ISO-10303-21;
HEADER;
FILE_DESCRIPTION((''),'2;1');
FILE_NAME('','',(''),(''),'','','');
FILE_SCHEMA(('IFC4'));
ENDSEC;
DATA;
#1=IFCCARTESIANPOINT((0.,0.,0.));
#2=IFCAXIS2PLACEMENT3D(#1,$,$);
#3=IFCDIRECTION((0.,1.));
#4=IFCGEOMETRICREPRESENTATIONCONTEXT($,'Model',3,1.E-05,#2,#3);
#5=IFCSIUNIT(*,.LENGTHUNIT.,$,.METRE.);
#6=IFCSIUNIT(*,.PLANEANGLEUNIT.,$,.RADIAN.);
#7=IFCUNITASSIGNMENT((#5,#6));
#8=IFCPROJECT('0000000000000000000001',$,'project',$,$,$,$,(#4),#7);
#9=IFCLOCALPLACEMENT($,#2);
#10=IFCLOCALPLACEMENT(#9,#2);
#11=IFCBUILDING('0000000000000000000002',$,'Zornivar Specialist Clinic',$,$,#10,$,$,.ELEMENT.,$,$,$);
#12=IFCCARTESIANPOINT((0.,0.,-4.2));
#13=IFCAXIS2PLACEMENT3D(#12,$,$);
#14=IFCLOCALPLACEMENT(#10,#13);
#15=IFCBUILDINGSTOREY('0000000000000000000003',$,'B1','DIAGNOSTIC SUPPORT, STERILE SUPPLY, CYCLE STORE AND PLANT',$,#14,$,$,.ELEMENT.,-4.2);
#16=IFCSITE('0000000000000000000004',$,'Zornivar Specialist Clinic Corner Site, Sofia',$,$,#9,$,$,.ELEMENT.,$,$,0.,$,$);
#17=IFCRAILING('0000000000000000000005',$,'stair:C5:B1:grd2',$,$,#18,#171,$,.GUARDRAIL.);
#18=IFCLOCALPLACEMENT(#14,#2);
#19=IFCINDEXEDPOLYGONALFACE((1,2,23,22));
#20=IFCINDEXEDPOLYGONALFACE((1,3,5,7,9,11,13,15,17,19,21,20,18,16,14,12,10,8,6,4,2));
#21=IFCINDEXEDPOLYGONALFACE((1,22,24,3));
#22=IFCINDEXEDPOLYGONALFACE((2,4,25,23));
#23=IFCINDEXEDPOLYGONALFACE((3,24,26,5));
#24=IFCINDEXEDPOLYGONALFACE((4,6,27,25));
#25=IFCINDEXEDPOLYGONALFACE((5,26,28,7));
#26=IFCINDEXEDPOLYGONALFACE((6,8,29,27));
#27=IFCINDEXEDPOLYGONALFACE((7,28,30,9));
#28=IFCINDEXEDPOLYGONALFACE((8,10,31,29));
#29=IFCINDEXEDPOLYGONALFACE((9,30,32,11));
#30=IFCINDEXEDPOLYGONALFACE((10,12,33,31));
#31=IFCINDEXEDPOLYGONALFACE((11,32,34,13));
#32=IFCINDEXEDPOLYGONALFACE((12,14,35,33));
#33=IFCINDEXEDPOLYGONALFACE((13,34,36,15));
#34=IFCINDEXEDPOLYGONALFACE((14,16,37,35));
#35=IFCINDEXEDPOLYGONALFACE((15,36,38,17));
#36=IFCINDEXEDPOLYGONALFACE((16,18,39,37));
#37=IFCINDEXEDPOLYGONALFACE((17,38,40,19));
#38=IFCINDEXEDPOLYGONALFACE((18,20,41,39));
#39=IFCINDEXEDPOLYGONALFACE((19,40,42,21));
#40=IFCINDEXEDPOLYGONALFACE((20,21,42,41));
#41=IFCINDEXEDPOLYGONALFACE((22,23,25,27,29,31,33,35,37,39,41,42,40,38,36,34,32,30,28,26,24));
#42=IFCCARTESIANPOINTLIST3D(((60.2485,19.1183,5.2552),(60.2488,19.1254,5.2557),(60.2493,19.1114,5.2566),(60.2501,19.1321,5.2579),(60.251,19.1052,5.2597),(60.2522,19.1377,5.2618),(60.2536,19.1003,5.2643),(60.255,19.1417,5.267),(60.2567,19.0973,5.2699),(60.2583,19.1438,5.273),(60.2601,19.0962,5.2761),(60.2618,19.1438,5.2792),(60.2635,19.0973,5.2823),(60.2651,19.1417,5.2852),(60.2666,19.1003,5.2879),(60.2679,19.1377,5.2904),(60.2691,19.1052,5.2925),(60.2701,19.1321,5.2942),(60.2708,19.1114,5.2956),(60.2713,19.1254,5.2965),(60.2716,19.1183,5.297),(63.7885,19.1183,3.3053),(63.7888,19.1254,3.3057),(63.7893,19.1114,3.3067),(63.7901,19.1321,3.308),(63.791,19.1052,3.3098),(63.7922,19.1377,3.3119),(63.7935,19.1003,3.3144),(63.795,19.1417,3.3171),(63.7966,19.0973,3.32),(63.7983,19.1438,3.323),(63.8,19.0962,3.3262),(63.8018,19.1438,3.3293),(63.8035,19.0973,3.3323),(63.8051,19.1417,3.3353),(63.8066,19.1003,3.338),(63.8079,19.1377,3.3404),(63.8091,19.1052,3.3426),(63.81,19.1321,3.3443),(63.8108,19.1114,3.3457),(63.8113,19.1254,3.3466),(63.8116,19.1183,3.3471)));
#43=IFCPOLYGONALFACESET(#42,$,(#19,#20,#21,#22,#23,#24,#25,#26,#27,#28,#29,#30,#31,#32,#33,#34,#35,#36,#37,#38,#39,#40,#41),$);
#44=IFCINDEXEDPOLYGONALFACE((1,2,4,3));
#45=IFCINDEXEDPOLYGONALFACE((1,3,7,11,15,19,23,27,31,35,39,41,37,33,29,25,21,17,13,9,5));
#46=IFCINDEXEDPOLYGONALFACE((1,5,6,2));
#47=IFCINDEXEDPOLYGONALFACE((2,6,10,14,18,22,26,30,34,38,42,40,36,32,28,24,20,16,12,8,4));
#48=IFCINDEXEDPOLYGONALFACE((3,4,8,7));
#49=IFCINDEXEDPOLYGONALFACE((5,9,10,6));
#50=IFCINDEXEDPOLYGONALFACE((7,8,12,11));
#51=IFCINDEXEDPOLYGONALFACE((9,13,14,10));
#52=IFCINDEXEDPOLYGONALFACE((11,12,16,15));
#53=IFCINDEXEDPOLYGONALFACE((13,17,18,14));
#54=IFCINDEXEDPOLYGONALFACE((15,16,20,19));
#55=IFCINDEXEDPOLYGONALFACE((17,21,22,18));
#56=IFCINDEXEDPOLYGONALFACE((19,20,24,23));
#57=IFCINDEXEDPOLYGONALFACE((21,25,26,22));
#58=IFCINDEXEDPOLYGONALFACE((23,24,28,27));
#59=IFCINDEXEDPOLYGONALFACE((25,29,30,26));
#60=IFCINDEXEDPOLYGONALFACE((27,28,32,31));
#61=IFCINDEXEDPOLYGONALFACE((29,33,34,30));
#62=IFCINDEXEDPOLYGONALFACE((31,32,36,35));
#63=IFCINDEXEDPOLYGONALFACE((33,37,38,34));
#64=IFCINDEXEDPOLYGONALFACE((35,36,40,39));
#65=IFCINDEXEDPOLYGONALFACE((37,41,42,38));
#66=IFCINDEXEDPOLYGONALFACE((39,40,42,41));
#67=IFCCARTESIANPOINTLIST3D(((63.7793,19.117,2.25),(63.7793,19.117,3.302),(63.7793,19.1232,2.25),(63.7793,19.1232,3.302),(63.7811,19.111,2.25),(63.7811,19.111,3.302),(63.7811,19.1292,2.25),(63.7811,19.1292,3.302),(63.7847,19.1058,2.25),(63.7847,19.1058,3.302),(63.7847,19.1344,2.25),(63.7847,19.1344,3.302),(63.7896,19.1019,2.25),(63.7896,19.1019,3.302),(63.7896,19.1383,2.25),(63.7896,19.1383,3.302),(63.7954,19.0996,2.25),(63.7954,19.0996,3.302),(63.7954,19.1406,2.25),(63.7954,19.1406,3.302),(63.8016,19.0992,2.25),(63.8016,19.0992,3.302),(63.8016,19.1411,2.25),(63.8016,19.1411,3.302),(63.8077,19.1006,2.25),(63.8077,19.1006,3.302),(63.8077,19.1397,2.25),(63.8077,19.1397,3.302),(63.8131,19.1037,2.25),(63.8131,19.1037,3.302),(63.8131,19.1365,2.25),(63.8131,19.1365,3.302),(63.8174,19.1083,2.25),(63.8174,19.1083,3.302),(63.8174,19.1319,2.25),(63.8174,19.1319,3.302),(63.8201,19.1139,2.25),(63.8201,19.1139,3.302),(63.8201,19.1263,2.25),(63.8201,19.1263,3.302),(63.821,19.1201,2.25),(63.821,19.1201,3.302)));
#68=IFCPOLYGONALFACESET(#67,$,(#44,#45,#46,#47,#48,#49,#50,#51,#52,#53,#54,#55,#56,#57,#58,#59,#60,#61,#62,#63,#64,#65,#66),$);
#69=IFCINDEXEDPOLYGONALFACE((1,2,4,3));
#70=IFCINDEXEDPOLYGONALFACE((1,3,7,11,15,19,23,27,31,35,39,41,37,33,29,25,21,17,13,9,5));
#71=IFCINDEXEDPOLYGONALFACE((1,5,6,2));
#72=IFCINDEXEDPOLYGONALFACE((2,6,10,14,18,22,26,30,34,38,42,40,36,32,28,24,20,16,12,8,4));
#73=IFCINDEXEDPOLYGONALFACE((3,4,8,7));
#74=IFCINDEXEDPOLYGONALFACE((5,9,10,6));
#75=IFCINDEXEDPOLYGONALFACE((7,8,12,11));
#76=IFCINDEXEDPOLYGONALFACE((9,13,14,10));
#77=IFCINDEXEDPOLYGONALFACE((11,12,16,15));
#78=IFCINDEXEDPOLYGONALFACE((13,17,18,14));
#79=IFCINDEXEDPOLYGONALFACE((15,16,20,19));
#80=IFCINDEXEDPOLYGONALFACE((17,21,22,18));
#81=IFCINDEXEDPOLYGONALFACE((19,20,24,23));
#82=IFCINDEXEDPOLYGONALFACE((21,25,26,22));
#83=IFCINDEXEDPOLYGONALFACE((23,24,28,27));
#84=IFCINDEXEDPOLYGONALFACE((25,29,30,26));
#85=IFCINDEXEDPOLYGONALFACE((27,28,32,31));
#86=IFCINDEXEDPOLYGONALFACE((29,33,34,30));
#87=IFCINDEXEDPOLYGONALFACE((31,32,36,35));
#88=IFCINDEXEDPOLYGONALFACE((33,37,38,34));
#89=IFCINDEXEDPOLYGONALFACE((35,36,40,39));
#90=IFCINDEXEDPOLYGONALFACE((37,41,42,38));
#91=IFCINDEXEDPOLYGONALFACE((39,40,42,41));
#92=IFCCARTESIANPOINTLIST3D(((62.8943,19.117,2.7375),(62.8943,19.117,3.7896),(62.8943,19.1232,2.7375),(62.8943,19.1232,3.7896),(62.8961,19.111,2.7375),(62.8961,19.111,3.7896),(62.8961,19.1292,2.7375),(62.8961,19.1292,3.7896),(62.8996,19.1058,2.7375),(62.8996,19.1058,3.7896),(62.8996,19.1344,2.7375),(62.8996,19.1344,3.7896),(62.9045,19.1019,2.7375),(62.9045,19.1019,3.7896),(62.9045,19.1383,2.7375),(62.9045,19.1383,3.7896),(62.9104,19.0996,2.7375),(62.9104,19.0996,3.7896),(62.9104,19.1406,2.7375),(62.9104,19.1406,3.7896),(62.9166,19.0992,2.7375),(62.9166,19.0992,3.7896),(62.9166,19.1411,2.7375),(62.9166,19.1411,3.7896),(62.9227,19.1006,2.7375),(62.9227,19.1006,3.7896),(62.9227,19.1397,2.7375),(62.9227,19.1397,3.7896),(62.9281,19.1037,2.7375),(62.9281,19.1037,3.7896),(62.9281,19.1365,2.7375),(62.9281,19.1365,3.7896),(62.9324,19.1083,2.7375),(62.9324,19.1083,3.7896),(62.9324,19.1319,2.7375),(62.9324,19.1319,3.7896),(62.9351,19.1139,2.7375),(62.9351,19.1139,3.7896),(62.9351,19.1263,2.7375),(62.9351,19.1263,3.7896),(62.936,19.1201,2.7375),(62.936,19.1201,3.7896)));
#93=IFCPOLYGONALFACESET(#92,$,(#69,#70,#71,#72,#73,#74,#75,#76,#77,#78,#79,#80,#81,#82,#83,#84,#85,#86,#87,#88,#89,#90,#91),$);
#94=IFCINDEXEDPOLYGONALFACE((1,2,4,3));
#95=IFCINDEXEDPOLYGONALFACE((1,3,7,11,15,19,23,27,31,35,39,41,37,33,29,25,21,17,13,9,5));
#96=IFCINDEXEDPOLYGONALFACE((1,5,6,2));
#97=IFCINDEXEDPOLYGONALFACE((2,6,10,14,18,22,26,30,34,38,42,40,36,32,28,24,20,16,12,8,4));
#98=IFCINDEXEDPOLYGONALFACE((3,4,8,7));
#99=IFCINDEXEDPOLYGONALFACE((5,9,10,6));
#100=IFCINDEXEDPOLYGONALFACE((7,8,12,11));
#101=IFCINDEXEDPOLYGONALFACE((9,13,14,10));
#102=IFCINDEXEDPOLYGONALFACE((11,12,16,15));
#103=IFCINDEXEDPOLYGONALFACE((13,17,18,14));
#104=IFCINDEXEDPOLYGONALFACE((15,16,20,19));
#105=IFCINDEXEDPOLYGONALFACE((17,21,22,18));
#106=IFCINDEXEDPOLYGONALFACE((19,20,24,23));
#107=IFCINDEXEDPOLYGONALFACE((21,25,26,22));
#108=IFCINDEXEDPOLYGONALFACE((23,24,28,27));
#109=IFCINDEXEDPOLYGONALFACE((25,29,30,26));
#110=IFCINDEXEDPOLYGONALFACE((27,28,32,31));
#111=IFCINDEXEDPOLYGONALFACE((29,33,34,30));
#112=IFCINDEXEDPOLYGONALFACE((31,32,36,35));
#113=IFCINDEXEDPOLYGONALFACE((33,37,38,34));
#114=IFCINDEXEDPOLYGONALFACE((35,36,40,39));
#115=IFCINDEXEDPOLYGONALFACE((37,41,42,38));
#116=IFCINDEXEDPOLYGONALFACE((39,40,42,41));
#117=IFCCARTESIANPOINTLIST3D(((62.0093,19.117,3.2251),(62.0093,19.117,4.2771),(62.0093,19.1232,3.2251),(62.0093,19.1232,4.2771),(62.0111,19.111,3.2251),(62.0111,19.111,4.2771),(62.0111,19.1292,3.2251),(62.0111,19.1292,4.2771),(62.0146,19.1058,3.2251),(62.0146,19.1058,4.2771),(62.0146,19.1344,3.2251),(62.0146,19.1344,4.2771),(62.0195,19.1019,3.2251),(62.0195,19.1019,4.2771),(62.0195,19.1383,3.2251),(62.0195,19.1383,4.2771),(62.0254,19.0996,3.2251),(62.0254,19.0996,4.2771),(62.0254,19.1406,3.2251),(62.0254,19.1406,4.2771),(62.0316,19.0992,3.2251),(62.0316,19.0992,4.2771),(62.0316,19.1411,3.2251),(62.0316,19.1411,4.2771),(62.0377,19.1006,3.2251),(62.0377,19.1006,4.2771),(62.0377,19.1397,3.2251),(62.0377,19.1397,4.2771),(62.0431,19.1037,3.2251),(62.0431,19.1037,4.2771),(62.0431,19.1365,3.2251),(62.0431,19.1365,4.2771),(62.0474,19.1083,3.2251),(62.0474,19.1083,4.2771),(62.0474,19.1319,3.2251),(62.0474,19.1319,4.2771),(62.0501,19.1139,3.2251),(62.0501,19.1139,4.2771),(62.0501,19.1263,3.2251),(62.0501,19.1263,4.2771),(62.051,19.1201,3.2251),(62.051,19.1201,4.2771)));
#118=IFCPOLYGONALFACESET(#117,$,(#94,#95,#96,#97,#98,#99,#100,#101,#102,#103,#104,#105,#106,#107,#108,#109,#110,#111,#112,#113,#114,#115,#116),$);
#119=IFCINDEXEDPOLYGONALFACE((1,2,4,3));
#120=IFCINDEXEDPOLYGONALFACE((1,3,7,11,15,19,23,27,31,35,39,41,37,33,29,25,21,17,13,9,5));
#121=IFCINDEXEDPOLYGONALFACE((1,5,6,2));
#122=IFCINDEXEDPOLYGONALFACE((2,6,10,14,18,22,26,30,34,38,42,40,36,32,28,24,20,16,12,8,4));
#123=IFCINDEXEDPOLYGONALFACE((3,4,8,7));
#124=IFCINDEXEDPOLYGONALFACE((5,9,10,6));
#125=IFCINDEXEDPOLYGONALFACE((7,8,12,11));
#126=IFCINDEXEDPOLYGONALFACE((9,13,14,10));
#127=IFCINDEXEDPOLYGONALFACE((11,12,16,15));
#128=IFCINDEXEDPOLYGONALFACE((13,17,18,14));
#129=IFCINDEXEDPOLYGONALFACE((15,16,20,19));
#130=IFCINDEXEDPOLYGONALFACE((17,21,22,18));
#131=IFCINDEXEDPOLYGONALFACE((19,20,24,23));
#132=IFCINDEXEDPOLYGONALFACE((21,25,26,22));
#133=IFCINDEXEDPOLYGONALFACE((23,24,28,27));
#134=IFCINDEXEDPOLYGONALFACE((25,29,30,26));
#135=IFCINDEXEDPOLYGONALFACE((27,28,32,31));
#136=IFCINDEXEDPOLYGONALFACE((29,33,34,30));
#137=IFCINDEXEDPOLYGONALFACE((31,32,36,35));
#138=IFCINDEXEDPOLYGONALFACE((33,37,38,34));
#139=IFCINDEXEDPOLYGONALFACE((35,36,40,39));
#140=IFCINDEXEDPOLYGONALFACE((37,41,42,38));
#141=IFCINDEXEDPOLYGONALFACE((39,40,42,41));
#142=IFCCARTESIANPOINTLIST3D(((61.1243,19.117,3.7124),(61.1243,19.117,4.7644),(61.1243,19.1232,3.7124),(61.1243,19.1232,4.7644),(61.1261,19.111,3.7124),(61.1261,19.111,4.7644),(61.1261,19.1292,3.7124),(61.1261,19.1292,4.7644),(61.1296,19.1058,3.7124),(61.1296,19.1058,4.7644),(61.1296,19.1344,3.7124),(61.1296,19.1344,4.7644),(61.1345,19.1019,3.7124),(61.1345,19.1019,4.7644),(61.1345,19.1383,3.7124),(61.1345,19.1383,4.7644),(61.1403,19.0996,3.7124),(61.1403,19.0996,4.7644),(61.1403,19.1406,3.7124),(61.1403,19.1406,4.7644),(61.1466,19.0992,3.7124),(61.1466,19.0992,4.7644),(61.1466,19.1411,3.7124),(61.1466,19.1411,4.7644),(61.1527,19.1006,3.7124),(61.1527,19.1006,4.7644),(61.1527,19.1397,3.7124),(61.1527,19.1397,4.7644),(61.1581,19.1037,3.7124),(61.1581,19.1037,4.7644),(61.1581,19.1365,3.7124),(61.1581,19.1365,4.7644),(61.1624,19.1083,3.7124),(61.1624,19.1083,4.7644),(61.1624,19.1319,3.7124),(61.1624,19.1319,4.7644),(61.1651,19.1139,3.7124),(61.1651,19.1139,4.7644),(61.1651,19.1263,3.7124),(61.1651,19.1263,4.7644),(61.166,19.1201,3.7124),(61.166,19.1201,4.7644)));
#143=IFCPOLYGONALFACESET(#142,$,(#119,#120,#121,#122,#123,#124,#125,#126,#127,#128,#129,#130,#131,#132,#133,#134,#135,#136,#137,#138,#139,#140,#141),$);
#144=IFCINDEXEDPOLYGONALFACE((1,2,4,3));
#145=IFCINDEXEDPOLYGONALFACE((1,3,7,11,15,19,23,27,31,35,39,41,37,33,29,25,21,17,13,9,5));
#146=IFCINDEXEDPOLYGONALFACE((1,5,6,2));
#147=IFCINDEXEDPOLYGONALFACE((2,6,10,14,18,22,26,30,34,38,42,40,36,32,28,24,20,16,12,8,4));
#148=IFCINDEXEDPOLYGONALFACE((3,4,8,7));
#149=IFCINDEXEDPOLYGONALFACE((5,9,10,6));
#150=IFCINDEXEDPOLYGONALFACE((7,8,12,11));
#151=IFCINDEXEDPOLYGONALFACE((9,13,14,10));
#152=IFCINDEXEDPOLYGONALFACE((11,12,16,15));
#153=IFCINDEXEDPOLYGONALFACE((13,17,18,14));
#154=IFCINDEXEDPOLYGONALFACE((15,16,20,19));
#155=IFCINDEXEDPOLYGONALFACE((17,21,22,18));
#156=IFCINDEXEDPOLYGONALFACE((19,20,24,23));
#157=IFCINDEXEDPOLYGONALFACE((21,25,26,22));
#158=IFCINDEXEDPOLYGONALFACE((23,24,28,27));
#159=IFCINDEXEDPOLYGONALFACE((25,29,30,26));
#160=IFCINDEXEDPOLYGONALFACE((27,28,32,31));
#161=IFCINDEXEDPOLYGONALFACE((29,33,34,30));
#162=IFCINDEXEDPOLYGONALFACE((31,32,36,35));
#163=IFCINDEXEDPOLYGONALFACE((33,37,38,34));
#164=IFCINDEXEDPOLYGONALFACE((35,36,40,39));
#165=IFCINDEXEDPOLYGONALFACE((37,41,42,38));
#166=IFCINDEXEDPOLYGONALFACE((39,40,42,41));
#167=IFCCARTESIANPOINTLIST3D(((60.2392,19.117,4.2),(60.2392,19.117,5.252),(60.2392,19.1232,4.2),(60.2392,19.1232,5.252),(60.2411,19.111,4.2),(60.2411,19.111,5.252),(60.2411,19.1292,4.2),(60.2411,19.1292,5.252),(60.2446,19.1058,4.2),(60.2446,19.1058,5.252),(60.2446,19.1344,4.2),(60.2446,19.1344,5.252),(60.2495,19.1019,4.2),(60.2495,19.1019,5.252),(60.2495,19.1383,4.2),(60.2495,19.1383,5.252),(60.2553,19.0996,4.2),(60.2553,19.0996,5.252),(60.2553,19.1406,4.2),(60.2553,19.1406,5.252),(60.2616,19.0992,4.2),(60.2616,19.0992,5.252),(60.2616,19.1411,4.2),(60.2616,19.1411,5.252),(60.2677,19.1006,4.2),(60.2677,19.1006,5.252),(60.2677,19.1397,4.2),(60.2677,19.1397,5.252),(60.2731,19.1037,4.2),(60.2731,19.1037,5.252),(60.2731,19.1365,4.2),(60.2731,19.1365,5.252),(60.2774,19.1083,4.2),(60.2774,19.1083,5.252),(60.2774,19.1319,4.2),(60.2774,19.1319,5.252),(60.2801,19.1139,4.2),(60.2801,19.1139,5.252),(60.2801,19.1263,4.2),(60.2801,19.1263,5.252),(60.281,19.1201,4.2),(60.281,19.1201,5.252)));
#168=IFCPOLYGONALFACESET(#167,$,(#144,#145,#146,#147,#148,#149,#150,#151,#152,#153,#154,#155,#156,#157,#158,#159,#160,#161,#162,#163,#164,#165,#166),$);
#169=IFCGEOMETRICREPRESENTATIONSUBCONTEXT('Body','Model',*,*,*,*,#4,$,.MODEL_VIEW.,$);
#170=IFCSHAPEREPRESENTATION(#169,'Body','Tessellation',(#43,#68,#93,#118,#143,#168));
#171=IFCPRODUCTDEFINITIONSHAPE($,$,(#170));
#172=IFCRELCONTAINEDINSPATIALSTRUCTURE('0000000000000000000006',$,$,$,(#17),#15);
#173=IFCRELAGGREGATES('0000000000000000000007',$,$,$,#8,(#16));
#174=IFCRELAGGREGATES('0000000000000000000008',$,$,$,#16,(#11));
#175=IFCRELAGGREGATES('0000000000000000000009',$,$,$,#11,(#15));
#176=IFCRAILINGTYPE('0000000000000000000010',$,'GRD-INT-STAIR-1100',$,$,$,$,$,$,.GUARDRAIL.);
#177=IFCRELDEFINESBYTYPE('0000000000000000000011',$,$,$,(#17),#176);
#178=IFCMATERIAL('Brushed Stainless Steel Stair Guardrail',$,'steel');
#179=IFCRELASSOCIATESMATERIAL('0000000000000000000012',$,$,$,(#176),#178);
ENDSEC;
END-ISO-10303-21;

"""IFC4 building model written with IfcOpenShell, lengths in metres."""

from ifc_helpers import new_model, si_unit, direction, frame, origin, origin_2d, place, context, subcontext, project, spatial, circle, extrude, material, type_object, element, save


model = new_model("IFC4")

# Units and contexts
model_context = context("Model", 3, precision=1e-05, world=origin(), true_north=direction((0.0, 1.0)))
body_context = subcontext(model_context, "Body", "Model", "MODEL_VIEW")
ifc_project = project(units=[si_unit("LENGTHUNIT", "METRE"), si_unit("PLANEANGLEUNIT", "RADIAN")], contexts=[model_context])

# Site, building, storey
site_placement = place(None, origin())
site = spatial("IfcSite", under=ifc_project, at=site_placement, Name="Zornivar Specialist Clinic Corner Site, Sofia", CompositionType="ELEMENT", RefElevation=0.0)
building_placement = place(site_placement, origin())
building = spatial("IfcBuilding", under=site, at=building_placement, Name="Zornivar Specialist Clinic", CompositionType="ELEMENT")
storey_placement = place(building_placement, frame((0.0, 0.0, -4.2)))
storey = spatial("IfcBuildingStorey", under=building, at=storey_placement, Name="B1", Description="DIAGNOSTIC SUPPORT, STERILE SUPPLY, CYCLE STORE AND PLANT", CompositionType="ELEMENT", Elevation=-4.2)

# Railing
ifc_material_1 = material(Name="Brushed Stainless Steel Stair Guardrail", Category="steel")
railing_type_1 = type_object("IfcRailingType", Name="GRD-INT-STAIR-1100", PredefinedType="GUARDRAIL", material=ifc_material_1)
railing_1_placement = place(storey_placement, frame((63.8, 19.1201, 2.25)))
element("IfcRailing", 1, at=railing_1_placement, inside=storey, type_object=railing_type_1, Name="stair:C5:B1:grd2", PredefinedType="GUARDRAIL", context=body_context, shape_type="SweptSolid", body=[
    extrude(circle(Radius=0.0239, at=origin_2d()), frame((0.0, 0.0, 1.0762), z_axis=(-0.87591, 0.0, 0.482475), x_axis=(0.0, -1.0, 0.0)), (0.0, 0.0, 1.0), 4.0415),
    extrude(circle(Radius=0.021, at=origin_2d()), origin(), (0.0, 0.0, 1.0), 1.052),
    extrude(circle(Radius=0.021, at=origin_2d()), frame((-0.885, 0.0, 0.4875)), (0.0, 0.0, 1.0), 1.052),
    extrude(circle(Radius=0.021, at=origin_2d()), frame((-1.77, 0.0, 0.9751)), (0.0, 0.0, 1.0), 1.052),
    extrude(circle(Radius=0.021, at=origin_2d()), frame((-2.655, 0.0, 1.4624)), (0.0, 0.0, 1.0), 1.052),
    extrude(circle(Radius=0.021, at=origin_2d()), frame((-3.54, 0.0, 1.95)), (0.0, 0.0, 1.0), 1.052),
])

save(model, "model.ifc")
